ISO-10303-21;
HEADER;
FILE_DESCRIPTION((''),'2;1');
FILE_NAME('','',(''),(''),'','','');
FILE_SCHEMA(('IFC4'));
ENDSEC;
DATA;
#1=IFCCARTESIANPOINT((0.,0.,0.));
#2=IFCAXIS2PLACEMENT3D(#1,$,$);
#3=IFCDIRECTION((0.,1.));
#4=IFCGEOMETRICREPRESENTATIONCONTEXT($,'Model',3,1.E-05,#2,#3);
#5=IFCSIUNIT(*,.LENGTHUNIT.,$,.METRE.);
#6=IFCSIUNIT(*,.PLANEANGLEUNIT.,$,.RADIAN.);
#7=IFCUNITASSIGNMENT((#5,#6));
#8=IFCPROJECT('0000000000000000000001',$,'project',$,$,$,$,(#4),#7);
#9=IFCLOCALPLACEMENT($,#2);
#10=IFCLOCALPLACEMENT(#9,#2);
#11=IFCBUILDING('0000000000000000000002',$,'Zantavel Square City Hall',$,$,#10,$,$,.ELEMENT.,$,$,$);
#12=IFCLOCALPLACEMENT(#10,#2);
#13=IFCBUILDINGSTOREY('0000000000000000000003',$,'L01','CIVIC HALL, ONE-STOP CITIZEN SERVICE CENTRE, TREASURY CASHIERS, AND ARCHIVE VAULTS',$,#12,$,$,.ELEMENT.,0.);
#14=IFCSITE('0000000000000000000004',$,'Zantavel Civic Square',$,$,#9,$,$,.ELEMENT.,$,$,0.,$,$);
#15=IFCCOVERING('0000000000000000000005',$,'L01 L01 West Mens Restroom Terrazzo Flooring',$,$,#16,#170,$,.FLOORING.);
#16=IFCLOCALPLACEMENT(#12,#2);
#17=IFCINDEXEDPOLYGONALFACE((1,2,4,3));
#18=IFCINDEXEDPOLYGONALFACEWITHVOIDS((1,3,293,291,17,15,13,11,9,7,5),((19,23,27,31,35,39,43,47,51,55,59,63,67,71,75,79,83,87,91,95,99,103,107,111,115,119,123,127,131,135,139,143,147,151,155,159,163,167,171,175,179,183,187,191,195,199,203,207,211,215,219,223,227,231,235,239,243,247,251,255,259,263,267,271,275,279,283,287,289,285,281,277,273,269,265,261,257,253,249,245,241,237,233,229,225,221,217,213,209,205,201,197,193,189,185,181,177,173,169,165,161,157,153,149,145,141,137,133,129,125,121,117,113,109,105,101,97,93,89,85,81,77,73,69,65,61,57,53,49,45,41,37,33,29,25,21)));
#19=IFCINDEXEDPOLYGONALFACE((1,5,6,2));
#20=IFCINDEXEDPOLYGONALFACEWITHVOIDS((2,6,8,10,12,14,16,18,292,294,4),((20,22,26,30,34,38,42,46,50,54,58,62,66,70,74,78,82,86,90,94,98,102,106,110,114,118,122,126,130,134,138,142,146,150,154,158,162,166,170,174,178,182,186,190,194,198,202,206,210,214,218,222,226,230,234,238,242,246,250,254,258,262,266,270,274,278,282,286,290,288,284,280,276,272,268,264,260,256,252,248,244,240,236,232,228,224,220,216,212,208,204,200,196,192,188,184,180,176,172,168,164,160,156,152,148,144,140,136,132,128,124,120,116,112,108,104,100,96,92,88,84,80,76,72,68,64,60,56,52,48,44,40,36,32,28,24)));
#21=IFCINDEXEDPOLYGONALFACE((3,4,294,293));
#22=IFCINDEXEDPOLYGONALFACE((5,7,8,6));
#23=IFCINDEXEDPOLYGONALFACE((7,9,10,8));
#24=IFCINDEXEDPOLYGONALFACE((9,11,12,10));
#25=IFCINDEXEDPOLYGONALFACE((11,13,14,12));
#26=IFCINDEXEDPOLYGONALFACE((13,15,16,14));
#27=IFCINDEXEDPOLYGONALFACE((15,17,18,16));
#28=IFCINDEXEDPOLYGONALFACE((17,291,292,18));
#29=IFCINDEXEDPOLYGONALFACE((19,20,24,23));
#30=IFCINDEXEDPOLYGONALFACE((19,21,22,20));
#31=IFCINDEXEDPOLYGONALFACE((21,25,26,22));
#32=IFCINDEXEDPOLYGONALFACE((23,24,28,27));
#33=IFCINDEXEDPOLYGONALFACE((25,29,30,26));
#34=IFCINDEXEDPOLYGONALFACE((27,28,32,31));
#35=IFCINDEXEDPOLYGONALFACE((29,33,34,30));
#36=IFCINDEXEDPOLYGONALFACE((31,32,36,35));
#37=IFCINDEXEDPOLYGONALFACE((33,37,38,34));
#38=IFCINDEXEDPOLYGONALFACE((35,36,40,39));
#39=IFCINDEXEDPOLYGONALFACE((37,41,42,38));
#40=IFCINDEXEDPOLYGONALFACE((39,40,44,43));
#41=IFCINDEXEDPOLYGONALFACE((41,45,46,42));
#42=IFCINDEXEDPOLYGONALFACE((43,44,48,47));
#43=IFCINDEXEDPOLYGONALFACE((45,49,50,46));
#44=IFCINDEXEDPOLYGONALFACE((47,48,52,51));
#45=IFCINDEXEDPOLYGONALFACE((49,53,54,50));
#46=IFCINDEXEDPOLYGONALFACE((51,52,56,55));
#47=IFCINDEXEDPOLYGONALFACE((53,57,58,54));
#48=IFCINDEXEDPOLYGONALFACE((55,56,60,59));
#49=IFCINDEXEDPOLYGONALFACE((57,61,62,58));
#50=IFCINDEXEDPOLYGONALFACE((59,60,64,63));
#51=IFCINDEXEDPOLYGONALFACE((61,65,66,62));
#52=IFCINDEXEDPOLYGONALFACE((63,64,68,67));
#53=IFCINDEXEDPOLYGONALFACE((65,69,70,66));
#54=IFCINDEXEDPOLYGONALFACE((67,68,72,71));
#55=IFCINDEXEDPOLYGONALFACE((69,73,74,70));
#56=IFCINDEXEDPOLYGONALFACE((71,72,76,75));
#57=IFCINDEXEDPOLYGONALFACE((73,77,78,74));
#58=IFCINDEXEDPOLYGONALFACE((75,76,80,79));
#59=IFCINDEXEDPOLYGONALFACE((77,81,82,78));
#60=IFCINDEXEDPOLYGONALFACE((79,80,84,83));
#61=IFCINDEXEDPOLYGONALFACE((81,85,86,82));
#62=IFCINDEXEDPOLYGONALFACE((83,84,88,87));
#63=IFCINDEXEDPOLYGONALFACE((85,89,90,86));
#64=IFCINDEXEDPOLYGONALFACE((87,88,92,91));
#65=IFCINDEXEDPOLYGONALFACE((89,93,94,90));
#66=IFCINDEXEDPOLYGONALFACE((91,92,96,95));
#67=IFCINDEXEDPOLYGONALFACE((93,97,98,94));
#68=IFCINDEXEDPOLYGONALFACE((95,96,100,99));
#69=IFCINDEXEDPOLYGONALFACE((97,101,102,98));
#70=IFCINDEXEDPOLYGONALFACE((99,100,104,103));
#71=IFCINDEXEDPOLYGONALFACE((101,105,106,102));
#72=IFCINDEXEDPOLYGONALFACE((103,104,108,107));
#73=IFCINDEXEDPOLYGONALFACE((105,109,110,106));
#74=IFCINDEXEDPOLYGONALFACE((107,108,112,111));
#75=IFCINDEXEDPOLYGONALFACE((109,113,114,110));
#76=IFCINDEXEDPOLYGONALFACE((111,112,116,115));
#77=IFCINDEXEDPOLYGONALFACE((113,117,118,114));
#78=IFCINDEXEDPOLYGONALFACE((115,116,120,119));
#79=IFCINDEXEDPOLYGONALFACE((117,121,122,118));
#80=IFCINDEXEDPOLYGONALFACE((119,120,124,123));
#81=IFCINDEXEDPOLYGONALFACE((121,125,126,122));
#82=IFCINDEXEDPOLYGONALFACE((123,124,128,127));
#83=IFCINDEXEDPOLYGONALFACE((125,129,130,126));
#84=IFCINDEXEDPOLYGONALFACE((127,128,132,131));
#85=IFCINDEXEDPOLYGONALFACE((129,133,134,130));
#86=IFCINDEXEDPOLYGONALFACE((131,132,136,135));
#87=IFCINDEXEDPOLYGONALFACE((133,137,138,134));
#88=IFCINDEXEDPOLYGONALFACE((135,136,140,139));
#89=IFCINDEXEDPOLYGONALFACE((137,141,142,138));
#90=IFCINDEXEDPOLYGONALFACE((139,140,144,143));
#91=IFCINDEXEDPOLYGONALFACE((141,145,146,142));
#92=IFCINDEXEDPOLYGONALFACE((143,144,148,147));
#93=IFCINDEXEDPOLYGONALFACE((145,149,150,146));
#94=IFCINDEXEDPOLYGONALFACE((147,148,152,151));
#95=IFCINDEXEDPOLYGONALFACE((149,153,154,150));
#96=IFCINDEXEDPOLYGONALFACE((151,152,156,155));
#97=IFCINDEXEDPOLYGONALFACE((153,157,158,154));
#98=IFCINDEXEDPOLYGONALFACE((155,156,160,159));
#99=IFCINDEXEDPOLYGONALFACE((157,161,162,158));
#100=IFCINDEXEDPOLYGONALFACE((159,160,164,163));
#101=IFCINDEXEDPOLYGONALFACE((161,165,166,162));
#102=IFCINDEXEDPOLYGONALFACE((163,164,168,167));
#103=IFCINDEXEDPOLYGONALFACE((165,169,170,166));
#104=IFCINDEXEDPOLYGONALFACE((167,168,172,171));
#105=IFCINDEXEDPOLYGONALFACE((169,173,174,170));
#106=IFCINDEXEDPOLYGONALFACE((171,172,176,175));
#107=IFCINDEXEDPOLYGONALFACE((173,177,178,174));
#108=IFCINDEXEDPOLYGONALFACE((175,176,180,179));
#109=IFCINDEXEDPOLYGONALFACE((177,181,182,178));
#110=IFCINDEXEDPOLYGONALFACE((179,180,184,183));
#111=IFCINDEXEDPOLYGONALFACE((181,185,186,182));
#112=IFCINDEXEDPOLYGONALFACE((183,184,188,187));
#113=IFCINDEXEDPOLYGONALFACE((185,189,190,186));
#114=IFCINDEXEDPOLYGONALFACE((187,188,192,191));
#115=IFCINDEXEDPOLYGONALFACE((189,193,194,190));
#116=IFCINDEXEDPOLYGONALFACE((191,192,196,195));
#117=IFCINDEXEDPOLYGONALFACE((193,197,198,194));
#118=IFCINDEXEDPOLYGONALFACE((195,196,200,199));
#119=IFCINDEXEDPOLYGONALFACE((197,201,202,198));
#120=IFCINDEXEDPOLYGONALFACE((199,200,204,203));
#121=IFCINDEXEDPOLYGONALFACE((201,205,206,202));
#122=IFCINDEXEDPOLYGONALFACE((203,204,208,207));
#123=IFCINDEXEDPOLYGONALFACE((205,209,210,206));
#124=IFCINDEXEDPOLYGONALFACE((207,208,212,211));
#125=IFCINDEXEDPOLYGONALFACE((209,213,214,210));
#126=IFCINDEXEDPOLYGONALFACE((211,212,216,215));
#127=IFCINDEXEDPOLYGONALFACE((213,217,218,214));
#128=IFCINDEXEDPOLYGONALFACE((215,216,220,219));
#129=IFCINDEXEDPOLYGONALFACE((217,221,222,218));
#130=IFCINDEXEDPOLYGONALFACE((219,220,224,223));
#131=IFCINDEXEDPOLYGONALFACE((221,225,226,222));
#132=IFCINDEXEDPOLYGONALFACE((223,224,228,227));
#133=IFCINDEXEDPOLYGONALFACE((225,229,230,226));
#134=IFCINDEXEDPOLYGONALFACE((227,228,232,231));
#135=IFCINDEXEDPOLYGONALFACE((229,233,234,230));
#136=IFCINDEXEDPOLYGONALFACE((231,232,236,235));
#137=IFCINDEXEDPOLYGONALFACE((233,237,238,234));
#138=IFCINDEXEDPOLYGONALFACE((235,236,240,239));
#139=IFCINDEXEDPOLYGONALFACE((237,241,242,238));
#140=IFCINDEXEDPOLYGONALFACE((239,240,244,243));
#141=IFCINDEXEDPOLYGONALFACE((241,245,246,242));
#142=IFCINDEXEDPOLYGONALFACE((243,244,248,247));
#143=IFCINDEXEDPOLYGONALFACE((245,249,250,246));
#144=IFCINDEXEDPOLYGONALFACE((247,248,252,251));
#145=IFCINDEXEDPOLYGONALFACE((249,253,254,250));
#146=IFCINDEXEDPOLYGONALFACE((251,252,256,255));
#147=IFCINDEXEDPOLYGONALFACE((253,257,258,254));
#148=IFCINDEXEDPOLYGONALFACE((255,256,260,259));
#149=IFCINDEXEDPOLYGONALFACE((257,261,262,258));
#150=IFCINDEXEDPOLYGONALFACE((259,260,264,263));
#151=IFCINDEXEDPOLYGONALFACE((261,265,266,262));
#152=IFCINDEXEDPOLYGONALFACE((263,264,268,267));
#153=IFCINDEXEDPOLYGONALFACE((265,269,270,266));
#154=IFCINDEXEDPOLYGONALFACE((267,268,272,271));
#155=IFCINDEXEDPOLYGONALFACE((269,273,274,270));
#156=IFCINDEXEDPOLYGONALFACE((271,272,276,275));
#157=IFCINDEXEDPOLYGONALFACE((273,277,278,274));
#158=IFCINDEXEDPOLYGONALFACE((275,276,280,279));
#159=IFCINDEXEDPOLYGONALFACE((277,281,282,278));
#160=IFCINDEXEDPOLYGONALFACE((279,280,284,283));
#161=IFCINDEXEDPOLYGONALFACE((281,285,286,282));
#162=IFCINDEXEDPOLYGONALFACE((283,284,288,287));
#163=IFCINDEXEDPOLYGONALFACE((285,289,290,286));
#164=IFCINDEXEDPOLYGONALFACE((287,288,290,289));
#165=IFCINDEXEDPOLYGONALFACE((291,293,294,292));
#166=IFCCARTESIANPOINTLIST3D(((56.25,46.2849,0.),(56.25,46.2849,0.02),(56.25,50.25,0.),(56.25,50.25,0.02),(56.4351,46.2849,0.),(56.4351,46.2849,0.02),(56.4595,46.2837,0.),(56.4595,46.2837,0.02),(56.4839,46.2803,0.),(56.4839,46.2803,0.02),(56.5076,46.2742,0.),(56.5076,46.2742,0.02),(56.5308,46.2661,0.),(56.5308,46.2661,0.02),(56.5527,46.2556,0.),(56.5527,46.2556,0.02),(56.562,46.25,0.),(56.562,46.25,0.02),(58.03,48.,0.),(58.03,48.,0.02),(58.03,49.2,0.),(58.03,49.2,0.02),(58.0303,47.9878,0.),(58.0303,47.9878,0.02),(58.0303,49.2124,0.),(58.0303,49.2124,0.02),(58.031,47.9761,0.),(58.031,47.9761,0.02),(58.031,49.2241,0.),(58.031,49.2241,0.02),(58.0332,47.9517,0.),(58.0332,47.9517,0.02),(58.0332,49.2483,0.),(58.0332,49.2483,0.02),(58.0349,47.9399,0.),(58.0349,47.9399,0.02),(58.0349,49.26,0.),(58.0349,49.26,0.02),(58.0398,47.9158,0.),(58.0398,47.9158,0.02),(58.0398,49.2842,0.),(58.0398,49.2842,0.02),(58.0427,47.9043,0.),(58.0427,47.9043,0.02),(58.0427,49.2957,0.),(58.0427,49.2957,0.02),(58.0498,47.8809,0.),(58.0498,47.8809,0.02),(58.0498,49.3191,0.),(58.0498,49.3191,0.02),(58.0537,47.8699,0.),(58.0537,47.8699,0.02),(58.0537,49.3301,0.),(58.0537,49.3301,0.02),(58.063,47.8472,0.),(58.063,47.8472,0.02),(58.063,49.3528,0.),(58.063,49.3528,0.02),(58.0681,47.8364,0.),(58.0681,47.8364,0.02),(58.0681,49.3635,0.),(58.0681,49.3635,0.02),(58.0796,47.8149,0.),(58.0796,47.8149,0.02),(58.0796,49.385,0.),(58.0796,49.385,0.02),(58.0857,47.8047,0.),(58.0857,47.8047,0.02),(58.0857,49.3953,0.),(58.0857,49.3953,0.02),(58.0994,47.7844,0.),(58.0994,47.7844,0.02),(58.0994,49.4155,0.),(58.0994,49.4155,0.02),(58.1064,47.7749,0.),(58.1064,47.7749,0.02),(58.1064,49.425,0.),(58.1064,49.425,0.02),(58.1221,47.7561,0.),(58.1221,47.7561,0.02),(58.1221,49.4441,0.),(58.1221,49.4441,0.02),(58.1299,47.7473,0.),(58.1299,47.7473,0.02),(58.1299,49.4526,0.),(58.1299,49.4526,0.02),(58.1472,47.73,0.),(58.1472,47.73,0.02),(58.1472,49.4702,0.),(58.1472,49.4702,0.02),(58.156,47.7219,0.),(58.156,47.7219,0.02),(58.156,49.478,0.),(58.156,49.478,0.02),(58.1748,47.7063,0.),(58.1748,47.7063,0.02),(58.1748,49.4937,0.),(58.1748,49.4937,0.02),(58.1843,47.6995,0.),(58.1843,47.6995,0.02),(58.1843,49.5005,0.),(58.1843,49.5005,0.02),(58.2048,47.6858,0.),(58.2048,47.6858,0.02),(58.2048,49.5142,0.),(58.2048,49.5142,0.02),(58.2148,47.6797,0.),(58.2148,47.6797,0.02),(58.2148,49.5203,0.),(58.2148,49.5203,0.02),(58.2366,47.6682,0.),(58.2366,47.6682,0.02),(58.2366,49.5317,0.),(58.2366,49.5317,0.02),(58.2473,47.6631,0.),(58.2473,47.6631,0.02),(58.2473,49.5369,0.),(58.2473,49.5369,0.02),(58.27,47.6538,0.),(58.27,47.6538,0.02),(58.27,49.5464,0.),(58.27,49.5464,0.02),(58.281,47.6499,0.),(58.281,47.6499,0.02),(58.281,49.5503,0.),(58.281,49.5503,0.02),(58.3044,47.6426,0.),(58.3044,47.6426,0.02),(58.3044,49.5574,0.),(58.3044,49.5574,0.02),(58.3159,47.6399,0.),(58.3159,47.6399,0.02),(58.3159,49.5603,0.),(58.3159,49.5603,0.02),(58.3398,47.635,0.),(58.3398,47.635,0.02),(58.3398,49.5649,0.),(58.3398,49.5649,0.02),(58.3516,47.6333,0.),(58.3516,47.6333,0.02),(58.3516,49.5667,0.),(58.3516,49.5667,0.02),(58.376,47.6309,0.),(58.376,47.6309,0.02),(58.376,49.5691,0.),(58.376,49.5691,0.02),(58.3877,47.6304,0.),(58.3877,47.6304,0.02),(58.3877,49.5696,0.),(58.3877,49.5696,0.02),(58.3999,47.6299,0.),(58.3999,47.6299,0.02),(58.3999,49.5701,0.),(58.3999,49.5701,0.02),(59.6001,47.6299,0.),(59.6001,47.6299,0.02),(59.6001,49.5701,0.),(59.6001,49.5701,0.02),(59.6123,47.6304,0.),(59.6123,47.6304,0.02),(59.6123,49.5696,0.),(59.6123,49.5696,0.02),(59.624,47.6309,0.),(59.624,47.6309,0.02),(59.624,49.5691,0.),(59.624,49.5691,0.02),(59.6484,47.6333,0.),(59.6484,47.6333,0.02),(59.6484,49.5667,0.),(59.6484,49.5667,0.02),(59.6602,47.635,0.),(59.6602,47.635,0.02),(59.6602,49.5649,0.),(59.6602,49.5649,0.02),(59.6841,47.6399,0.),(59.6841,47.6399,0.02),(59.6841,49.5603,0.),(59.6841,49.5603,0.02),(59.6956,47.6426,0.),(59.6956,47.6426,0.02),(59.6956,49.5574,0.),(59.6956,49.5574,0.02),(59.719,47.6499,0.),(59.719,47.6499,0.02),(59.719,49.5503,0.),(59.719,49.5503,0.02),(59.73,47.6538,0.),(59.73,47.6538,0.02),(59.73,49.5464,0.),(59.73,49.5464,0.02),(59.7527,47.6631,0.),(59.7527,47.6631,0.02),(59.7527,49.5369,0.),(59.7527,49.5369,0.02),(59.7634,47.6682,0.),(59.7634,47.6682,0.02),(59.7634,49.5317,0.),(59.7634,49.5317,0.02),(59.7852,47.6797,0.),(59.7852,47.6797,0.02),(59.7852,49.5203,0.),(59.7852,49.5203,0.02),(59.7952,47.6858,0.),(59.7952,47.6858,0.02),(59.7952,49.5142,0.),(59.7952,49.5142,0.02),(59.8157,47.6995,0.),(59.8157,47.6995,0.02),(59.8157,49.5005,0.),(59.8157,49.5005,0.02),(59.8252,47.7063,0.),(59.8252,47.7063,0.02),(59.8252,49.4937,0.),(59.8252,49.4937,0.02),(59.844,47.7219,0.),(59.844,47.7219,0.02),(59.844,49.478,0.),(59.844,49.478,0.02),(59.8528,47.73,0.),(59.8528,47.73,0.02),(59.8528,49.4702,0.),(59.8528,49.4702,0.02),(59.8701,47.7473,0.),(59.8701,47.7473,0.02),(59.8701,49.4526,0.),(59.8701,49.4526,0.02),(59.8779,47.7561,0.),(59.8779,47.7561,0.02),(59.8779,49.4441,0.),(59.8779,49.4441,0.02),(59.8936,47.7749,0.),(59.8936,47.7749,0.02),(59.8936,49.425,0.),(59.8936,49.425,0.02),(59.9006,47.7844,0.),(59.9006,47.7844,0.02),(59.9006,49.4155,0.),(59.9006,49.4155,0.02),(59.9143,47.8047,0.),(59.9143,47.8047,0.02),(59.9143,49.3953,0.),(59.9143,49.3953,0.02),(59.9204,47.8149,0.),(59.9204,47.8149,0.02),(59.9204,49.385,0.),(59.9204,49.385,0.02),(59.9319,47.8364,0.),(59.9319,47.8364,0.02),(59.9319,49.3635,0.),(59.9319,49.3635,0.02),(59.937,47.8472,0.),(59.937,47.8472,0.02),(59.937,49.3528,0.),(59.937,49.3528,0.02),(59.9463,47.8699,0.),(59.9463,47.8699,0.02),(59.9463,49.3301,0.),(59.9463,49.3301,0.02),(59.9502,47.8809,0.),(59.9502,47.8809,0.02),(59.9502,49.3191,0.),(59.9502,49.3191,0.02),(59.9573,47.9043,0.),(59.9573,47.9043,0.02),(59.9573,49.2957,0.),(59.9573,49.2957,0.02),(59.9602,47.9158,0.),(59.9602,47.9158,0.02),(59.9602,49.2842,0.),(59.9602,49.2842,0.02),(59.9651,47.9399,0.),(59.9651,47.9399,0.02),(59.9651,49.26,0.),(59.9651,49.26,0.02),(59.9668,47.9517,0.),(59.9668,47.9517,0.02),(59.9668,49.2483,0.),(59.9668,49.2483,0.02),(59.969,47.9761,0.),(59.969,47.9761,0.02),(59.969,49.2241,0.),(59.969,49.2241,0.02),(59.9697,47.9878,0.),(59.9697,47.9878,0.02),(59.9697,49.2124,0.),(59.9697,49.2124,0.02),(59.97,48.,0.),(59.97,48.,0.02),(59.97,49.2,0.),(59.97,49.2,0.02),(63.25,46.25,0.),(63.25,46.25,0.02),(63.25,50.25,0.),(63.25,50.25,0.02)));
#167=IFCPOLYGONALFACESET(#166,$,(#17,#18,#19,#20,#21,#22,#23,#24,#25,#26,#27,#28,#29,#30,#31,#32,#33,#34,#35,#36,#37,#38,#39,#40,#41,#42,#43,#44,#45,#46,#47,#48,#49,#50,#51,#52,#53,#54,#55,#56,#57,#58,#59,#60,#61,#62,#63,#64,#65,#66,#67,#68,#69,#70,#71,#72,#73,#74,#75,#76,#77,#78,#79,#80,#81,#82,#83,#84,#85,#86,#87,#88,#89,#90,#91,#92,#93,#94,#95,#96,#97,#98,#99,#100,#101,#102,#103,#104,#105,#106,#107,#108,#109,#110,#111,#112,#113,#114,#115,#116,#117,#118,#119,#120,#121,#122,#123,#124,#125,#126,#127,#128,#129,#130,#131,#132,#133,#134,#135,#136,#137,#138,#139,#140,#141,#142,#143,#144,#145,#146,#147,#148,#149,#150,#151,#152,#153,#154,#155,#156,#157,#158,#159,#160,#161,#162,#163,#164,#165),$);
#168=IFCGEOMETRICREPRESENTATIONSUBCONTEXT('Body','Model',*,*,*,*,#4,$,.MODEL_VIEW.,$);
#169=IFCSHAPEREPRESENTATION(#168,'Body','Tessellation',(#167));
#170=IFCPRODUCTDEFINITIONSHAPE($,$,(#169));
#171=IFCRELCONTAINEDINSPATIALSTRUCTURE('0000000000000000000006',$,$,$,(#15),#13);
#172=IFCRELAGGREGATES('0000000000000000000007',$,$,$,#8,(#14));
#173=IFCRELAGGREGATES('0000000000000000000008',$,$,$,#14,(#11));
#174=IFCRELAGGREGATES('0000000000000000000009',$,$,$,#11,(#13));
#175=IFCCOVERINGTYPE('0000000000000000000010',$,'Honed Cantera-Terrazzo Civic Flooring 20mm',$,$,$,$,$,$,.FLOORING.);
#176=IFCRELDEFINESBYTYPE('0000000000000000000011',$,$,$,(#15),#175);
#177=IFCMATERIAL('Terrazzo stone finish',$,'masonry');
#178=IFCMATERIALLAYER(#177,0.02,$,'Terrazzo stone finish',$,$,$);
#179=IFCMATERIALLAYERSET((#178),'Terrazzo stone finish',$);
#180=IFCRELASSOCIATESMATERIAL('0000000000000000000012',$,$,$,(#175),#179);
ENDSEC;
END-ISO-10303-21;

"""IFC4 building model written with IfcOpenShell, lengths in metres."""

from ifc_helpers import new_model, si_unit, direction, origin, place, context, subcontext, project, spatial, polyline, outline, extrude, material, layer, layer_set, type_object, element, save


model = new_model("IFC4")

# Units and contexts
model_context = context("Model", 3, precision=1e-05, world=origin(), true_north=direction((0.0, 1.0)))
body_context = subcontext(model_context, "Body", "Model", "MODEL_VIEW")
ifc_project = project(units=[si_unit("LENGTHUNIT", "METRE"), si_unit("PLANEANGLEUNIT", "RADIAN")], contexts=[model_context])

# Site, building, storey
site_placement = place(None, origin())
site = spatial("IfcSite", under=ifc_project, at=site_placement, Name="Zantavel Civic Square", CompositionType="ELEMENT", RefElevation=0.0)
building_placement = place(site_placement, origin())
building = spatial("IfcBuilding", under=site, at=building_placement, Name="Zantavel Square City Hall", CompositionType="ELEMENT")
storey_placement = place(building_placement, origin())
storey = spatial("IfcBuildingStorey", under=building, at=storey_placement, Name="L01", Description="CIVIC HALL, ONE-STOP CITIZEN SERVICE CENTRE, TREASURY CASHIERS, AND ARCHIVE VAULTS", CompositionType="ELEMENT", Elevation=0.0)

# Covering
ifc_material_1 = material(Name="Terrazzo stone finish", Category="masonry")
ifc_layer_1 = layer(ifc_material_1, 0.02, Name="Terrazzo stone finish")
ifc_layer_set_1 = layer_set([ifc_layer_1], Name="Terrazzo stone finish")
covering_type_1 = type_object("IfcCoveringType", Name="Honed Cantera-Terrazzo Civic Flooring 20mm", PredefinedType="FLOORING", material=ifc_layer_set_1)
covering_1_placement = place(storey_placement, origin())
element("IfcCovering", 1, at=covering_1_placement, inside=storey, type_object=covering_type_1, Name="L01 L01 West Mens Restroom Terrazzo Flooring", PredefinedType="FLOORING", context=body_context, shape_type="SweptSolid", body=[
    extrude(outline(polyline([(56.5308, 46.2661), (56.5076, 46.2742), (56.4839, 46.2803), (56.4595, 46.2837), (56.4351, 46.2849), (56.25, 46.2849), (56.25, 50.25), (63.25, 50.25), (63.25, 46.25), (56.562, 46.25), (56.5527, 46.2556), (56.5308, 46.2661)]), holes=[polyline([(58.031, 47.9761), (58.0332, 47.9517), (58.0349, 47.9399), (58.0398, 47.9158), (58.0427, 47.9043), (58.0498, 47.8809), (58.0537, 47.8699), (58.063, 47.8472), (58.0681, 47.8364), (58.0796, 47.8149), (58.0857, 47.8047), (58.0994, 47.7844), (58.1064, 47.7749), (58.1221, 47.7561), (58.1299, 47.7473), (58.1472, 47.73), (58.156, 47.7219), (58.1748, 47.7063), (58.1843, 47.6995), (58.2048, 47.6858), (58.2148, 47.6797), (58.2366, 47.6682), (58.2473, 47.6631), (58.27, 47.6538), (58.281, 47.6499), (58.3044, 47.6426), (58.3159, 47.6399), (58.3398, 47.635), (58.3516, 47.6333), (58.376, 47.6309), (58.3877, 47.6304), (58.3999, 47.6299), (59.6001, 47.6299), (59.6123, 47.6304), (59.624, 47.6309), (59.6484, 47.6333), (59.6602, 47.635), (59.6841, 47.6399), (59.6956, 47.6426), (59.719, 47.6499), (59.73, 47.6538), (59.7527, 47.6631), (59.7634, 47.6682), (59.7852, 47.6797), (59.7952, 47.6858), (59.8157, 47.6995), (59.8252, 47.7063), (59.844, 47.7219), (59.8528, 47.73), (59.8701, 47.7473), (59.8779, 47.7561), (59.8936, 47.7749), (59.9006, 47.7844), (59.9143, 47.8047), (59.9204, 47.8149), (59.9319, 47.8364), (59.937, 47.8472), (59.9463, 47.8699), (59.9502, 47.8809), (59.9573, 47.9043), (59.9602, 47.9158), (59.9651, 47.9399), (59.9668, 47.9517), (59.969, 47.9761), (59.9697, 47.9878), (59.97, 48.0), (59.97, 49.2), (59.9697, 49.2124), (59.969, 49.2241), (59.9668, 49.2483), (59.9651, 49.26), (59.9602, 49.2842), (59.9573, 49.2957), (59.9502, 49.3191), (59.9463, 49.3301), (59.937, 49.3528), (59.9319, 49.3635), (59.9204, 49.385), (59.9143, 49.3953), (59.9006, 49.4155), (59.8936, 49.425), (59.8779, 49.4441), (59.8701, 49.4526), (59.8528, 49.4702), (59.844, 49.478), (59.8252, 49.4937), (59.8157, 49.5005), (59.7952, 49.5142), (59.7852, 49.5203), (59.7634, 49.5317), (59.7527, 49.5369), (59.73, 49.5464), (59.719, 49.5503), (59.6956, 49.5574), (59.6841, 49.5603), (59.6602, 49.5649), (59.6484, 49.5667), (59.624, 49.5691), (59.6123, 49.5696), (59.6001, 49.5701), (58.3999, 49.5701), (58.3877, 49.5696), (58.376, 49.5691), (58.3516, 49.5667), (58.3398, 49.5649), (58.3159, 49.5603), (58.3044, 49.5574), (58.281, 49.5503), (58.27, 49.5464), (58.2473, 49.5369), (58.2366, 49.5317), (58.2148, 49.5203), (58.2048, 49.5142), (58.1843, 49.5005), (58.1748, 49.4937), (58.156, 49.478), (58.1472, 49.4702), (58.1299, 49.4526), (58.1221, 49.4441), (58.1064, 49.425), (58.0994, 49.4155), (58.0857, 49.3953), (58.0796, 49.385), (58.0681, 49.3635), (58.063, 49.3528), (58.0537, 49.3301), (58.0498, 49.3191), (58.0427, 49.2957), (58.0398, 49.2842), (58.0349, 49.26), (58.0332, 49.2483), (58.031, 49.2241), (58.0303, 49.2124), (58.03, 49.2), (58.03, 48.0), (58.0303, 47.9878), (58.031, 47.9761)])]), origin(), (0.0, 0.0, 1.0), 0.02),
])

save(model, "model.ifc")
